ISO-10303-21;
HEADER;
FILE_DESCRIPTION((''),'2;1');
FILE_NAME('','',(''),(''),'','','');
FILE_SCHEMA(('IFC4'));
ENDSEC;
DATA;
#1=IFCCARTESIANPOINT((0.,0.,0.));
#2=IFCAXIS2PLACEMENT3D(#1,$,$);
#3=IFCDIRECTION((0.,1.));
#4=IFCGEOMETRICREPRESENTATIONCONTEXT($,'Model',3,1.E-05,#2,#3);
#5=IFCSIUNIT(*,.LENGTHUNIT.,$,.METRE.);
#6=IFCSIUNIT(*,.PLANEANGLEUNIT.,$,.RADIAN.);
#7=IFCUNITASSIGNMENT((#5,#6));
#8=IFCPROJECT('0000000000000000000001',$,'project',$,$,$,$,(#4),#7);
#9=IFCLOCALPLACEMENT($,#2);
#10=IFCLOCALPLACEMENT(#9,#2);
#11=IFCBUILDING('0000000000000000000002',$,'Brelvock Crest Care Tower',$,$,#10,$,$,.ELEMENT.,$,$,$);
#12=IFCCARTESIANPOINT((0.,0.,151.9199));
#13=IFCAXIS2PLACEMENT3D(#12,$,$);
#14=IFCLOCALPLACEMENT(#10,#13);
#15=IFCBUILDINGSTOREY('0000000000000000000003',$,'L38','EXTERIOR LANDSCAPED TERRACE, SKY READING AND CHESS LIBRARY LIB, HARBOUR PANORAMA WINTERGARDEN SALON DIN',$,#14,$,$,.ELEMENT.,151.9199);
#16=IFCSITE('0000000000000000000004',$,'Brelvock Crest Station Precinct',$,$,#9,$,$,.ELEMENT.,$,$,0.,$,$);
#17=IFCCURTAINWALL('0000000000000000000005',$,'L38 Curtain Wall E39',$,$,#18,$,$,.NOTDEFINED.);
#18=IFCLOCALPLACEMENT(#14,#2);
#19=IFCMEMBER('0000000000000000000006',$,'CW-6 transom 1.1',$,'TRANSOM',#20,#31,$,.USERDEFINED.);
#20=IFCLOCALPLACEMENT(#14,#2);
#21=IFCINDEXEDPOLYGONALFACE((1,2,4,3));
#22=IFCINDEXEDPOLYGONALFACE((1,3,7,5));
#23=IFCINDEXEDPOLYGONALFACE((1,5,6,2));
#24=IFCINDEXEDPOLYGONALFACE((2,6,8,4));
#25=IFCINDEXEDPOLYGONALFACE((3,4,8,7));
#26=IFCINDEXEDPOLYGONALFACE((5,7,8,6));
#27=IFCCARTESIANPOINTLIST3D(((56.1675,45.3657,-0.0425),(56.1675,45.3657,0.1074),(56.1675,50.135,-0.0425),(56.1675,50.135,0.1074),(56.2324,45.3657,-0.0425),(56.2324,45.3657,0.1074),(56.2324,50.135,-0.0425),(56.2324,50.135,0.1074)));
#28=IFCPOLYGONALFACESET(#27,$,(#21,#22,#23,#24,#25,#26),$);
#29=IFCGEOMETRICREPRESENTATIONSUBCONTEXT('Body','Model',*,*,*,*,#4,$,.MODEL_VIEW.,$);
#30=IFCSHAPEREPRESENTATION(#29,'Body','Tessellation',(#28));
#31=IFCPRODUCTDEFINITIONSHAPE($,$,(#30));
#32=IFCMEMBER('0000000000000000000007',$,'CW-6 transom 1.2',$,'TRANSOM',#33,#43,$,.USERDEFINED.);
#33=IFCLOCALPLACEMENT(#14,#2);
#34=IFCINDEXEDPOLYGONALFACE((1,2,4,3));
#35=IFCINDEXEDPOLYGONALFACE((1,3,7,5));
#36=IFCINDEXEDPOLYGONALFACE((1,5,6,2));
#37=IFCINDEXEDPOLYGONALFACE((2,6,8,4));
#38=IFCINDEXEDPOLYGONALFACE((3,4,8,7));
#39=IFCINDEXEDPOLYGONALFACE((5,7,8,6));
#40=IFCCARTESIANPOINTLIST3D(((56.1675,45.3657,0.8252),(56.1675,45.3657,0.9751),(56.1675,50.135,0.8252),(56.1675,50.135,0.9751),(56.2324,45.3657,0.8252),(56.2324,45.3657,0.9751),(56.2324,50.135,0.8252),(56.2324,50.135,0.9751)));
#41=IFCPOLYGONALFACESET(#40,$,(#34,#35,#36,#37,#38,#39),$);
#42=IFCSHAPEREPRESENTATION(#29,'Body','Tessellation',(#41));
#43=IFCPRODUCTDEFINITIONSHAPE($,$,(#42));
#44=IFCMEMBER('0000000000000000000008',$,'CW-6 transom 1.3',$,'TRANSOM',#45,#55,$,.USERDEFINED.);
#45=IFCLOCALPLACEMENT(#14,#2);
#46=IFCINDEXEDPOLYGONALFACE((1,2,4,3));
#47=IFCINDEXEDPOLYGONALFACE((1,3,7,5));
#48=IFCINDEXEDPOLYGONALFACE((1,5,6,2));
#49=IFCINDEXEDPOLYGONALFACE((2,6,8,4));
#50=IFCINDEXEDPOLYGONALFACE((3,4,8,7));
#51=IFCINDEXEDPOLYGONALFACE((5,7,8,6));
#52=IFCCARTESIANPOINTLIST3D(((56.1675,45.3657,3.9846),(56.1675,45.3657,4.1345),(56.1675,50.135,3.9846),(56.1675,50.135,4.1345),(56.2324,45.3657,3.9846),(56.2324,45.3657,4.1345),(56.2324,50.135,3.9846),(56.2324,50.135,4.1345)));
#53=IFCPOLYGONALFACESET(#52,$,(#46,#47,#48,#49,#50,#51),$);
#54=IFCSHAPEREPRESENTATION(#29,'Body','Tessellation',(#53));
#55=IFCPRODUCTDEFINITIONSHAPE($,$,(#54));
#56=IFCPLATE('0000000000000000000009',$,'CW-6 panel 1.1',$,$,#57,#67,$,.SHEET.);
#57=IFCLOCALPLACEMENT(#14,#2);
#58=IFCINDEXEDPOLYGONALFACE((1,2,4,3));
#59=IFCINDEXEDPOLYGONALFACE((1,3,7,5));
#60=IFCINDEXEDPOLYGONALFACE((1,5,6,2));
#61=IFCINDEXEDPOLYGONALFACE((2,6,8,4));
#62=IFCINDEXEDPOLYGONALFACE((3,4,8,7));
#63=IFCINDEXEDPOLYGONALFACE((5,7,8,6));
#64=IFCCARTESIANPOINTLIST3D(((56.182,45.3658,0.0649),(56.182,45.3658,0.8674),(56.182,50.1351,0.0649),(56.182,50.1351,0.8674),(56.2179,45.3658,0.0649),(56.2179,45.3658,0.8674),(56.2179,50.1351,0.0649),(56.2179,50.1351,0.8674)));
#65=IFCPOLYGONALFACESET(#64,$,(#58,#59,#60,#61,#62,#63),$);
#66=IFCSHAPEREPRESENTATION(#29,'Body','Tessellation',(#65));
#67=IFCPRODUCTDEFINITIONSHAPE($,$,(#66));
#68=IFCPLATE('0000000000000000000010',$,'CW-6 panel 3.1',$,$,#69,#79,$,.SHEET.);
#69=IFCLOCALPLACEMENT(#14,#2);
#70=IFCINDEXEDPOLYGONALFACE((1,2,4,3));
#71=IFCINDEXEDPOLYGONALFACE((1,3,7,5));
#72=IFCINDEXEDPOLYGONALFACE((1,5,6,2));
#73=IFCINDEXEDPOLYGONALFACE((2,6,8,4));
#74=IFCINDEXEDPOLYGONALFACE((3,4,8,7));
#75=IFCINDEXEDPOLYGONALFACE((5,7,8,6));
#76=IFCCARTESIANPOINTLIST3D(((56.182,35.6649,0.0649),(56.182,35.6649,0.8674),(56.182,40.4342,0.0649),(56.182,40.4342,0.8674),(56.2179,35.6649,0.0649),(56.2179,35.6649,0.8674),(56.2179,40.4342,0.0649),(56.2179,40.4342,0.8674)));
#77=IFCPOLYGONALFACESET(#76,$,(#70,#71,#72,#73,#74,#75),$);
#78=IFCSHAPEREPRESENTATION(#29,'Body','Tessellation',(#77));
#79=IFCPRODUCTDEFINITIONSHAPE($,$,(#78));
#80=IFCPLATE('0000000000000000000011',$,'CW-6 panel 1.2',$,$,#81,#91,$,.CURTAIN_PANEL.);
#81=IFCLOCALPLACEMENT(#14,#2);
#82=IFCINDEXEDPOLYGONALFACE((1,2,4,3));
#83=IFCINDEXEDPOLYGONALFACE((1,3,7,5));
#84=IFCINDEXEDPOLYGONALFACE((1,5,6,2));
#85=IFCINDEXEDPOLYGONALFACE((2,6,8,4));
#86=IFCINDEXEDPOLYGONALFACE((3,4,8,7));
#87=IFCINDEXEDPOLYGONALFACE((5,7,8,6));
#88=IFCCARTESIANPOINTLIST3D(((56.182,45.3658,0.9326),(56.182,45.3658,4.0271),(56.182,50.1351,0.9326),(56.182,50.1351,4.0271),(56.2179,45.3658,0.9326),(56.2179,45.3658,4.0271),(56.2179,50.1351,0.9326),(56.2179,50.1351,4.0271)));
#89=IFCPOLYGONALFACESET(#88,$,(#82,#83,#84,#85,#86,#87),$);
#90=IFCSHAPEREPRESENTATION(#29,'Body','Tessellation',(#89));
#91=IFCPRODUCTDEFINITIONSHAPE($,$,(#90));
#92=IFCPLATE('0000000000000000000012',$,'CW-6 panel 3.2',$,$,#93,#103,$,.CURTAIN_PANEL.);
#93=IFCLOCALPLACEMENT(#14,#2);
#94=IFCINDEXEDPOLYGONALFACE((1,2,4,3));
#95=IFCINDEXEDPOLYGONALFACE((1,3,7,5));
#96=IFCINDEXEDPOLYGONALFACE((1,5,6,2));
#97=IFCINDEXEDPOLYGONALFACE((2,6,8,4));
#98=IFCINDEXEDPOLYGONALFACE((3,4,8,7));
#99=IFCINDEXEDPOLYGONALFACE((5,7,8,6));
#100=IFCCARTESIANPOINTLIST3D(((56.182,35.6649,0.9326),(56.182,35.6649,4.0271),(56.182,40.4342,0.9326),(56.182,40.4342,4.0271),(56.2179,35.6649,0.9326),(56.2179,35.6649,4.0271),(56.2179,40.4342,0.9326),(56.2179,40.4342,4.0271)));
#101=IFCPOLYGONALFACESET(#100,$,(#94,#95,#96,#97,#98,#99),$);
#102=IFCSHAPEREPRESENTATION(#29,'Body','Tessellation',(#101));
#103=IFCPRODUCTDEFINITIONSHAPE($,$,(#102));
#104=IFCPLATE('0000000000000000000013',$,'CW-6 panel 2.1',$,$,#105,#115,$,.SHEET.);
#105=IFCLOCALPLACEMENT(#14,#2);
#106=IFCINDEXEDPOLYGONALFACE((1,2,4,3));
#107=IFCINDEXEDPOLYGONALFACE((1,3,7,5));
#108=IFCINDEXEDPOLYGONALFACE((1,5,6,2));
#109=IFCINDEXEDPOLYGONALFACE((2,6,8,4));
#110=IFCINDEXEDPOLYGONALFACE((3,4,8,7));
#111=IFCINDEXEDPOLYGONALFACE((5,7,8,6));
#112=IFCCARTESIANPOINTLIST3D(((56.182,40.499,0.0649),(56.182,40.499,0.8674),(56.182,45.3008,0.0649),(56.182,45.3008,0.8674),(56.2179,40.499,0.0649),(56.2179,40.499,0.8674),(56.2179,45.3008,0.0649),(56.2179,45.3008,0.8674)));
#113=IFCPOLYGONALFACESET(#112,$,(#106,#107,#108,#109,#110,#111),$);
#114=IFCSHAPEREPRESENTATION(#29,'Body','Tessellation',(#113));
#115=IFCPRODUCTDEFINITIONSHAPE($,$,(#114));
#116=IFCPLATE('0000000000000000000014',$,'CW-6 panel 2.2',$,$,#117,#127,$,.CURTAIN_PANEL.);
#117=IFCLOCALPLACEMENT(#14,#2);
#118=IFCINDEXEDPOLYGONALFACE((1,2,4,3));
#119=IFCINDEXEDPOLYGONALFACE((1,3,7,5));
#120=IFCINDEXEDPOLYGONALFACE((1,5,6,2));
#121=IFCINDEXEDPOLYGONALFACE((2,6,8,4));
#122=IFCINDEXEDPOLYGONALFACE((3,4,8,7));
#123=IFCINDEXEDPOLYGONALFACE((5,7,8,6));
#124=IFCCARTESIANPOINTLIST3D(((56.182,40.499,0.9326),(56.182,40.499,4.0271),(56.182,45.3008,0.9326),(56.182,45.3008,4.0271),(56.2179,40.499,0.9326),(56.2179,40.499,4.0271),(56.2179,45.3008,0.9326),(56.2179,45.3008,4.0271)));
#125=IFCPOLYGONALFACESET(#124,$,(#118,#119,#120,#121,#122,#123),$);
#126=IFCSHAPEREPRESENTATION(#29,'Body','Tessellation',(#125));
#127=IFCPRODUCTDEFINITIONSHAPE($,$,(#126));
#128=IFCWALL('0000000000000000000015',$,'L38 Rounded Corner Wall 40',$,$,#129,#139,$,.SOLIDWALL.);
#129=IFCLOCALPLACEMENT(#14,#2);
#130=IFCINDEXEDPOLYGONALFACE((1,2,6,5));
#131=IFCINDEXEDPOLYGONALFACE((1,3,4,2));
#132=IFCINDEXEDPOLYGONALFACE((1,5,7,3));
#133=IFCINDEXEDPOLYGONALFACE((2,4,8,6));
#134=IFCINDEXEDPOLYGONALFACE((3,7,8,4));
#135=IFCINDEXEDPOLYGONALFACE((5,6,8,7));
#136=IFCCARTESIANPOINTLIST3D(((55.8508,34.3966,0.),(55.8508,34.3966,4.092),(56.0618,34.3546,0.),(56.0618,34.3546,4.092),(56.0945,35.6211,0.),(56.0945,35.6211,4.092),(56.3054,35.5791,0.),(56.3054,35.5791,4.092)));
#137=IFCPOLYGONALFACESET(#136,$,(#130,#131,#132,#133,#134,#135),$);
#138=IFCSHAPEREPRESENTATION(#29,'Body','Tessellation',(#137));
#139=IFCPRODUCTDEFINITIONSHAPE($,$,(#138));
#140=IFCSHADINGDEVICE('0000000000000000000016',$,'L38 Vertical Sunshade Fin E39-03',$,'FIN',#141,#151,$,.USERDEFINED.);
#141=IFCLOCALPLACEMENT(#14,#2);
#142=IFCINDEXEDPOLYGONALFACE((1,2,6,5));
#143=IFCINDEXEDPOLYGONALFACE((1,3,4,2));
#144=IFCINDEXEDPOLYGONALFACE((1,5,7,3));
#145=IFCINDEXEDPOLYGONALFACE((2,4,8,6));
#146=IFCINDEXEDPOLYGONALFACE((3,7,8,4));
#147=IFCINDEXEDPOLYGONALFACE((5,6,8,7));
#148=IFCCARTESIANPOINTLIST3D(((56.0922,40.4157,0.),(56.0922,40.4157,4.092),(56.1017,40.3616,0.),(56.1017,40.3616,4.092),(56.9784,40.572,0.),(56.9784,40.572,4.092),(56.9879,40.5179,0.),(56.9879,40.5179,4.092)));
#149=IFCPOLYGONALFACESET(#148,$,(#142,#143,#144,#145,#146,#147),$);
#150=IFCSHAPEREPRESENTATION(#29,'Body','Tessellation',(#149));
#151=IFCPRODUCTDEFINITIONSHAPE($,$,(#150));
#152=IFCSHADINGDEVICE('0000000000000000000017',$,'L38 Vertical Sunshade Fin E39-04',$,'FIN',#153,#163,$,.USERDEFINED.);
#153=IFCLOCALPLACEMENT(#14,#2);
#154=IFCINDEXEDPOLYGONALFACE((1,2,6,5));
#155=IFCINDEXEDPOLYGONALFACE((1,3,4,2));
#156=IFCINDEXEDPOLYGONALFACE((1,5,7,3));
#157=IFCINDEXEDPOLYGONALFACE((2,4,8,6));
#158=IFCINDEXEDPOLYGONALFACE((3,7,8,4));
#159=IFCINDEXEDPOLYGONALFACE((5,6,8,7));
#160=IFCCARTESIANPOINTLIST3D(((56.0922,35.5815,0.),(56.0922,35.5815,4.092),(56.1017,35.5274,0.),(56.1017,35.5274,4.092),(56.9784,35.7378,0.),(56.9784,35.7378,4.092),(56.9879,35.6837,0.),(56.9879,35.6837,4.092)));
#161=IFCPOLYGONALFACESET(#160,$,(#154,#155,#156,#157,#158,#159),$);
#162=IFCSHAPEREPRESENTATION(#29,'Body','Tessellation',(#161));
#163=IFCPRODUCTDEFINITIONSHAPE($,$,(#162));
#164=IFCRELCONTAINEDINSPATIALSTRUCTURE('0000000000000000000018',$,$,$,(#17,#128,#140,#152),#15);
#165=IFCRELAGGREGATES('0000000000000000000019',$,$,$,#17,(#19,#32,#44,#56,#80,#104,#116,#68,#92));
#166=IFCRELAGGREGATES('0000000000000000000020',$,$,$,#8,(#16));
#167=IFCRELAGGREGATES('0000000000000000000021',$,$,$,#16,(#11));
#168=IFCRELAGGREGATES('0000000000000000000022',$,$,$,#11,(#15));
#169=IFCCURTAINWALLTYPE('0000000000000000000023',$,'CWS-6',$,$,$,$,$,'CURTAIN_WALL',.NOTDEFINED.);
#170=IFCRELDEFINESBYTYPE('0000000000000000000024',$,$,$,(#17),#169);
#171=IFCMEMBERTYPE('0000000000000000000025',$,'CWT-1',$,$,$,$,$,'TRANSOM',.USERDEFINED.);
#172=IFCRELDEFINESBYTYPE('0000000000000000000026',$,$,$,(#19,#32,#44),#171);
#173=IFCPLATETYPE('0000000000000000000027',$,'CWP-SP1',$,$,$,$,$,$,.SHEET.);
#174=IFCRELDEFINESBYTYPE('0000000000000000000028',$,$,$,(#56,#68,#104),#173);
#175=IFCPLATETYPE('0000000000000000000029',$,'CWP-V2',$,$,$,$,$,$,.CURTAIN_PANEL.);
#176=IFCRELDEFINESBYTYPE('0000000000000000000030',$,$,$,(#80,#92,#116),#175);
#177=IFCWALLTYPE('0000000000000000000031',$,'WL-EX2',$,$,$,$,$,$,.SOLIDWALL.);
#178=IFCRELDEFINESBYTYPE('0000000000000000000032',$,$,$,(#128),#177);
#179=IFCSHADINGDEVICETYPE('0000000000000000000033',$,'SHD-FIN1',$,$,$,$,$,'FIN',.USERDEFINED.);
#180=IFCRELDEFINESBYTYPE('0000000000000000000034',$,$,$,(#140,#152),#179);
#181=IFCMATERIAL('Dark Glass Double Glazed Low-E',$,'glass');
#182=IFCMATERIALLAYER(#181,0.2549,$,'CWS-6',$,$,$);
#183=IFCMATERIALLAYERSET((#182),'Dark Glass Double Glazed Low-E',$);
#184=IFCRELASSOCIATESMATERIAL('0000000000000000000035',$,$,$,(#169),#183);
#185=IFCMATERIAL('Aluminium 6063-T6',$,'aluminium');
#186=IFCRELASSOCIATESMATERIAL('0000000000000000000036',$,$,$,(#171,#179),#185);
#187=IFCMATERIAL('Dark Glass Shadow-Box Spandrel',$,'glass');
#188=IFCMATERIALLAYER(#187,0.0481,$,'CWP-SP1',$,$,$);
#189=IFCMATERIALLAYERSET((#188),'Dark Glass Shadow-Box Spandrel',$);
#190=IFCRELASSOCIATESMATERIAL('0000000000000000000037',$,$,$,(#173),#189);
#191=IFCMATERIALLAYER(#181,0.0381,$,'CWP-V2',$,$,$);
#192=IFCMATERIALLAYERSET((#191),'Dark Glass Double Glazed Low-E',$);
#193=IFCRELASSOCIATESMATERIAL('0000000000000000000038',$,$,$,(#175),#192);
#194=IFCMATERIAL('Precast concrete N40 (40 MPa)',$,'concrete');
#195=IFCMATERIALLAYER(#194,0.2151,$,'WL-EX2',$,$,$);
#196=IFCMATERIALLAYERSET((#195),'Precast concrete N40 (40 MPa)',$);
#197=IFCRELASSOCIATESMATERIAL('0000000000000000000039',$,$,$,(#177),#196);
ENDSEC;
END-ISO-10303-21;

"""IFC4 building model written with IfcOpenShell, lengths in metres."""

from ifc_helpers import new_model, si_unit, direction, frame, frame_2d, origin, origin_2d, place, context, subcontext, project, spatial, rectangle, extrude, source, transform, mapped, material, layer, layer_set, material_profile, profile_set, type_object, element, aggregate, save


model = new_model("IFC4")

# Units and contexts
model_context = context("Model", 3, precision=1e-05, world=origin(), true_north=direction((0.0, 1.0)))
body_context = subcontext(model_context, "Body", "Model", "MODEL_VIEW")
ifc_project = project(units=[si_unit("LENGTHUNIT", "METRE"), si_unit("PLANEANGLEUNIT", "RADIAN")], contexts=[model_context])

# Site, building, storey
site_placement = place(None, origin())
site = spatial("IfcSite", under=ifc_project, at=site_placement, Name="Brelvock Crest Station Precinct", CompositionType="ELEMENT", RefElevation=0.0)
building_placement = place(site_placement, origin())
building = spatial("IfcBuilding", under=site, at=building_placement, Name="Brelvock Crest Care Tower", CompositionType="ELEMENT")
storey_placement = place(building_placement, frame((0.0, 0.0, 151.9199)))
storey = spatial("IfcBuildingStorey", under=building, at=storey_placement, Name="L38", Description="EXTERIOR LANDSCAPED TERRACE, SKY READING AND CHESS LIBRARY LIB, HARBOUR PANORAMA WINTERGARDEN SALON DIN", CompositionType="ELEMENT", Elevation=151.9199)

# Curtain wall, members, plates
ifc_material_1 = material(Name="Dark Glass Double Glazed Low-E", Category="glass")
ifc_layer_1 = layer(ifc_material_1, 0.2549, Name="CWS-6")
ifc_layer_set_1 = layer_set([ifc_layer_1], Name="Dark Glass Double Glazed Low-E")
curtain_wall_type = type_object("IfcCurtainWallType", Name="CWS-6", ElementType="CURTAIN_WALL", PredefinedType="NOTDEFINED", material=ifc_layer_set_1)
curtain_wall_placement = place(storey_placement, origin())
curtain_wall = element("IfcCurtainWall", 1, at=curtain_wall_placement, inside=storey, type_object=curtain_wall_type, Name="L38 Curtain Wall E39", PredefinedType="NOTDEFINED")
ifc_material_2 = material(Name="Aluminium 6063-T6", Category="aluminium")
ifc_material_profile_1 = material_profile(ifc_material_2, rectangle(XDim=0.0649, YDim=0.1499, at=origin_2d()), Name="ALU65x150")
ifc_profile_set_1 = profile_set([ifc_material_profile_1], Name="Aluminium 6063-T6")
member_type_1 = type_object("IfcMemberType", Name="CWT-1", ElementType="TRANSOM", PredefinedType="USERDEFINED", material=ifc_profile_set_1)
shared_shape_1 = source(origin(), body_context, "Body", "SweptSolid", [
    extrude(rectangle(XDim=0.0649, YDim=0.1499, at=origin_2d()), origin(), (0.0, 0.0, 1.0), 4.7693),
])
member_1_placement = place(storey_placement, frame((56.2, 50.135, 0.0325), z_axis=(0.0, -1.0, 0.0), x_axis=(1.0, 0.0, 0.0)))
member_1 = element("IfcMember", 2, at=member_1_placement, type_object=member_type_1, Name="CW-6 transom 1.1", ObjectType="TRANSOM", PredefinedType="USERDEFINED", context=body_context, shape_type="MappedRepresentation", body=[
    mapped(shared_shape_1, transform((0.0, 0.0, 0.0), x_axis=(1.0, 0.0, 0.0), y_axis=(0.0, 1.0, 0.0), z_axis=(0.0, 0.0, 1.0), scale=1.0)),
])
member_2_placement = place(storey_placement, frame((56.2, 50.135, 0.9001), z_axis=(0.0, -1.0, 0.0), x_axis=(1.0, 0.0, 0.0)))
member_2 = element("IfcMember", 3, at=member_2_placement, type_object=member_type_1, Name="CW-6 transom 1.2", ObjectType="TRANSOM", PredefinedType="USERDEFINED", context=body_context, shape_type="MappedRepresentation", body=[
    mapped(shared_shape_1, transform((0.0, 0.0, 0.0), x_axis=(1.0, 0.0, 0.0), y_axis=(0.0, 1.0, 0.0), z_axis=(0.0, 0.0, 1.0), scale=1.0)),
])
member_3_placement = place(storey_placement, frame((56.2, 50.135, 4.0596), z_axis=(0.0, -1.0, 0.0), x_axis=(1.0, 0.0, 0.0)))
member_3 = element("IfcMember", 4, at=member_3_placement, type_object=member_type_1, Name="CW-6 transom 1.3", ObjectType="TRANSOM", PredefinedType="USERDEFINED", context=body_context, shape_type="MappedRepresentation", body=[
    mapped(shared_shape_1, transform((0.0, 0.0, 0.0), x_axis=(1.0, 0.0, 0.0), y_axis=(0.0, 1.0, 0.0), z_axis=(0.0, 0.0, 1.0), scale=1.0)),
])
ifc_material_3 = material(Name="Dark Glass Shadow-Box Spandrel", Category="glass")
ifc_layer_2 = layer(ifc_material_3, 0.0481, Name="CWP-SP1")
ifc_layer_set_2 = layer_set([ifc_layer_2], Name="Dark Glass Shadow-Box Spandrel")
plate_type_1 = type_object("IfcPlateType", Name="CWP-SP1", PredefinedType="SHEET", material=ifc_layer_set_2)
shared_shape_2 = source(origin(), body_context, "Body", "SweptSolid", [
    extrude(rectangle(XDim=4.7693, YDim=0.0359, at=origin_2d()), origin(), (0.0, 0.0, 1.0), 0.8025),
])
plate_1_placement = place(storey_placement, frame((56.2, 47.7505, 0.0649), z_axis=(0.0, 0.0, 1.0), x_axis=(0.0, -1.0, 0.0)))
plate_1 = element("IfcPlate", 5, at=plate_1_placement, type_object=plate_type_1, Name="CW-6 panel 1.1", PredefinedType="SHEET", context=body_context, shape_type="MappedRepresentation", body=[
    mapped(shared_shape_2, transform((0.0, 0.0, 0.0), x_axis=(1.0, 0.0, 0.0), y_axis=(0.0, 1.0, 0.0), z_axis=(0.0, 0.0, 1.0), scale=1.0)),
])
plate_2_placement = place(storey_placement, frame((56.2, 38.0496, 0.0649), z_axis=(0.0, 0.0, 1.0), x_axis=(0.0, -1.0, 0.0)))
plate_2 = element("IfcPlate", 6, at=plate_2_placement, type_object=plate_type_1, Name="CW-6 panel 3.1", PredefinedType="SHEET", context=body_context, shape_type="MappedRepresentation", body=[
    mapped(shared_shape_2, transform((0.0, 0.0, 0.0), x_axis=(1.0, 0.0, 0.0), y_axis=(0.0, 1.0, 0.0), z_axis=(0.0, 0.0, 1.0), scale=1.0)),
])
ifc_layer_3 = layer(ifc_material_1, 0.0381, Name="CWP-V2")
ifc_layer_set_3 = layer_set([ifc_layer_3], Name="Dark Glass Double Glazed Low-E")
plate_type_2 = type_object("IfcPlateType", Name="CWP-V2", PredefinedType="CURTAIN_PANEL", material=ifc_layer_set_3)
shared_shape_3 = source(origin(), body_context, "Body", "SweptSolid", [
    extrude(rectangle(XDim=4.7693, YDim=0.0359, at=origin_2d()), origin(), (0.0, 0.0, 1.0), 3.0945),
])
plate_3_placement = place(storey_placement, frame((56.2, 47.7505, 0.9326), z_axis=(0.0, 0.0, 1.0), x_axis=(0.0, -1.0, 0.0)))
plate_3 = element("IfcPlate", 7, at=plate_3_placement, type_object=plate_type_2, Name="CW-6 panel 1.2", PredefinedType="CURTAIN_PANEL", context=body_context, shape_type="MappedRepresentation", body=[
    mapped(shared_shape_3, transform((0.0, 0.0, 0.0), x_axis=(1.0, 0.0, 0.0), y_axis=(0.0, 1.0, 0.0), z_axis=(0.0, 0.0, 1.0), scale=1.0)),
])
plate_4_placement = place(storey_placement, frame((56.2, 38.0496, 0.9326), z_axis=(0.0, 0.0, 1.0), x_axis=(0.0, -1.0, 0.0)))
plate_4 = element("IfcPlate", 8, at=plate_4_placement, type_object=plate_type_2, Name="CW-6 panel 3.2", PredefinedType="CURTAIN_PANEL", context=body_context, shape_type="MappedRepresentation", body=[
    mapped(shared_shape_3, transform((0.0, 0.0, 0.0), x_axis=(1.0, 0.0, 0.0), y_axis=(0.0, 1.0, 0.0), z_axis=(0.0, 0.0, 1.0), scale=1.0)),
])
shared_shape_4 = source(origin(), body_context, "Body", "SweptSolid", [
    extrude(rectangle(XDim=4.8018, YDim=0.0359, at=origin_2d()), origin(), (0.0, 0.0, 1.0), 0.8025),
])
plate_5_placement = place(storey_placement, frame((56.2, 42.8999, 0.0649), z_axis=(0.0, 0.0, 1.0), x_axis=(0.0, -1.0, 0.0)))
plate_5 = element("IfcPlate", 9, at=plate_5_placement, type_object=plate_type_1, Name="CW-6 panel 2.1", PredefinedType="SHEET", context=body_context, shape_type="MappedRepresentation", body=[
    mapped(shared_shape_4, transform((0.0, 0.0, 0.0), x_axis=(1.0, 0.0, 0.0), y_axis=(0.0, 1.0, 0.0), z_axis=(0.0, 0.0, 1.0), scale=1.0)),
])
shared_shape_5 = source(origin(), body_context, "Body", "SweptSolid", [
    extrude(rectangle(XDim=4.8018, YDim=0.0359, at=origin_2d()), origin(), (0.0, 0.0, 1.0), 3.0945),
])
plate_6_placement = place(storey_placement, frame((56.2, 42.8999, 0.9326), z_axis=(0.0, 0.0, 1.0), x_axis=(0.0, -1.0, 0.0)))
plate_6 = element("IfcPlate", 10, at=plate_6_placement, type_object=plate_type_2, Name="CW-6 panel 2.2", PredefinedType="CURTAIN_PANEL", context=body_context, shape_type="MappedRepresentation", body=[
    mapped(shared_shape_5, transform((0.0, 0.0, 0.0), x_axis=(1.0, 0.0, 0.0), y_axis=(0.0, 1.0, 0.0), z_axis=(0.0, 0.0, 1.0), scale=1.0)),
])
aggregate(curtain_wall, [member_1, member_2, member_3, plate_1, plate_3, plate_5, plate_6, plate_2, plate_4])

# Wall
ifc_material_4 = material(Name="Precast concrete N40 (40 MPa)", Category="concrete")
ifc_layer_4 = layer(ifc_material_4, 0.2151, Name="WL-EX2")
ifc_layer_set_4 = layer_set([ifc_layer_4], Name="Precast concrete N40 (40 MPa)")
wall_type = type_object("IfcWallType", Name="WL-EX2", PredefinedType="SOLIDWALL", material=ifc_layer_set_4)
wall_placement = place(storey_placement, frame((56.2, 35.6001, 0.0), z_axis=(0.0, 0.0, 1.0), x_axis=(-0.195138, -0.980776, 0.0)))
element("IfcWall", 11, at=wall_placement, inside=storey, type_object=wall_type, Name="L38 Rounded Corner Wall 40", PredefinedType="SOLIDWALL", context=body_context, shape_type="SweptSolid", body=[
    extrude(rectangle(XDim=1.2485, YDim=0.2151, at=frame_2d((0.6243, 0.0))), origin(), (0.0, 0.0, 1.0), 4.092),
])

# Shading devices
ifc_material_profile_2 = material_profile(ifc_material_2, rectangle(XDim=0.0549, YDim=0.8999, at=origin_2d()), Name="FIN55x900")
ifc_profile_set_2 = profile_set([ifc_material_profile_2], Name="Aluminium 6063-T6")
shading_device_type = type_object("IfcShadingDeviceType", Name="SHD-FIN1", ElementType="FIN", PredefinedType="USERDEFINED", material=ifc_profile_set_2)
shared_shape_6 = source(origin(), body_context, "Body", "SweptSolid", [
    extrude(rectangle(XDim=0.0549, YDim=0.8999, at=origin_2d()), origin(), (0.0, 0.0, 1.0), 4.092),
])
for number, where, z_axis, x_axis, name in (
    (12, (56.54, 40.4668, 0.0), (0.0, 0.0, 1.0), (0.173648, -0.984808, 0.0), "L38 Vertical Sunshade Fin E39-03"),
    (13, (56.54, 35.6326, 0.0), (0.0, 0.0, 1.0), (0.173648, -0.984808, 0.0), "L38 Vertical Sunshade Fin E39-04"),
):
    element("IfcShadingDevice", number, at=place(storey_placement, frame(where, z_axis=z_axis, x_axis=x_axis)), inside=storey, type_object=shading_device_type, Name=name, ObjectType="FIN", PredefinedType="USERDEFINED", context=body_context, shape_type="MappedRepresentation", body=[
        mapped(shared_shape_6, transform((0.0, 0.0, 0.0), x_axis=(1.0, 0.0, 0.0), y_axis=(0.0, 1.0, 0.0), z_axis=(0.0, 0.0, 1.0), scale=1.0)),
    ])

save(model, "model.ifc")
